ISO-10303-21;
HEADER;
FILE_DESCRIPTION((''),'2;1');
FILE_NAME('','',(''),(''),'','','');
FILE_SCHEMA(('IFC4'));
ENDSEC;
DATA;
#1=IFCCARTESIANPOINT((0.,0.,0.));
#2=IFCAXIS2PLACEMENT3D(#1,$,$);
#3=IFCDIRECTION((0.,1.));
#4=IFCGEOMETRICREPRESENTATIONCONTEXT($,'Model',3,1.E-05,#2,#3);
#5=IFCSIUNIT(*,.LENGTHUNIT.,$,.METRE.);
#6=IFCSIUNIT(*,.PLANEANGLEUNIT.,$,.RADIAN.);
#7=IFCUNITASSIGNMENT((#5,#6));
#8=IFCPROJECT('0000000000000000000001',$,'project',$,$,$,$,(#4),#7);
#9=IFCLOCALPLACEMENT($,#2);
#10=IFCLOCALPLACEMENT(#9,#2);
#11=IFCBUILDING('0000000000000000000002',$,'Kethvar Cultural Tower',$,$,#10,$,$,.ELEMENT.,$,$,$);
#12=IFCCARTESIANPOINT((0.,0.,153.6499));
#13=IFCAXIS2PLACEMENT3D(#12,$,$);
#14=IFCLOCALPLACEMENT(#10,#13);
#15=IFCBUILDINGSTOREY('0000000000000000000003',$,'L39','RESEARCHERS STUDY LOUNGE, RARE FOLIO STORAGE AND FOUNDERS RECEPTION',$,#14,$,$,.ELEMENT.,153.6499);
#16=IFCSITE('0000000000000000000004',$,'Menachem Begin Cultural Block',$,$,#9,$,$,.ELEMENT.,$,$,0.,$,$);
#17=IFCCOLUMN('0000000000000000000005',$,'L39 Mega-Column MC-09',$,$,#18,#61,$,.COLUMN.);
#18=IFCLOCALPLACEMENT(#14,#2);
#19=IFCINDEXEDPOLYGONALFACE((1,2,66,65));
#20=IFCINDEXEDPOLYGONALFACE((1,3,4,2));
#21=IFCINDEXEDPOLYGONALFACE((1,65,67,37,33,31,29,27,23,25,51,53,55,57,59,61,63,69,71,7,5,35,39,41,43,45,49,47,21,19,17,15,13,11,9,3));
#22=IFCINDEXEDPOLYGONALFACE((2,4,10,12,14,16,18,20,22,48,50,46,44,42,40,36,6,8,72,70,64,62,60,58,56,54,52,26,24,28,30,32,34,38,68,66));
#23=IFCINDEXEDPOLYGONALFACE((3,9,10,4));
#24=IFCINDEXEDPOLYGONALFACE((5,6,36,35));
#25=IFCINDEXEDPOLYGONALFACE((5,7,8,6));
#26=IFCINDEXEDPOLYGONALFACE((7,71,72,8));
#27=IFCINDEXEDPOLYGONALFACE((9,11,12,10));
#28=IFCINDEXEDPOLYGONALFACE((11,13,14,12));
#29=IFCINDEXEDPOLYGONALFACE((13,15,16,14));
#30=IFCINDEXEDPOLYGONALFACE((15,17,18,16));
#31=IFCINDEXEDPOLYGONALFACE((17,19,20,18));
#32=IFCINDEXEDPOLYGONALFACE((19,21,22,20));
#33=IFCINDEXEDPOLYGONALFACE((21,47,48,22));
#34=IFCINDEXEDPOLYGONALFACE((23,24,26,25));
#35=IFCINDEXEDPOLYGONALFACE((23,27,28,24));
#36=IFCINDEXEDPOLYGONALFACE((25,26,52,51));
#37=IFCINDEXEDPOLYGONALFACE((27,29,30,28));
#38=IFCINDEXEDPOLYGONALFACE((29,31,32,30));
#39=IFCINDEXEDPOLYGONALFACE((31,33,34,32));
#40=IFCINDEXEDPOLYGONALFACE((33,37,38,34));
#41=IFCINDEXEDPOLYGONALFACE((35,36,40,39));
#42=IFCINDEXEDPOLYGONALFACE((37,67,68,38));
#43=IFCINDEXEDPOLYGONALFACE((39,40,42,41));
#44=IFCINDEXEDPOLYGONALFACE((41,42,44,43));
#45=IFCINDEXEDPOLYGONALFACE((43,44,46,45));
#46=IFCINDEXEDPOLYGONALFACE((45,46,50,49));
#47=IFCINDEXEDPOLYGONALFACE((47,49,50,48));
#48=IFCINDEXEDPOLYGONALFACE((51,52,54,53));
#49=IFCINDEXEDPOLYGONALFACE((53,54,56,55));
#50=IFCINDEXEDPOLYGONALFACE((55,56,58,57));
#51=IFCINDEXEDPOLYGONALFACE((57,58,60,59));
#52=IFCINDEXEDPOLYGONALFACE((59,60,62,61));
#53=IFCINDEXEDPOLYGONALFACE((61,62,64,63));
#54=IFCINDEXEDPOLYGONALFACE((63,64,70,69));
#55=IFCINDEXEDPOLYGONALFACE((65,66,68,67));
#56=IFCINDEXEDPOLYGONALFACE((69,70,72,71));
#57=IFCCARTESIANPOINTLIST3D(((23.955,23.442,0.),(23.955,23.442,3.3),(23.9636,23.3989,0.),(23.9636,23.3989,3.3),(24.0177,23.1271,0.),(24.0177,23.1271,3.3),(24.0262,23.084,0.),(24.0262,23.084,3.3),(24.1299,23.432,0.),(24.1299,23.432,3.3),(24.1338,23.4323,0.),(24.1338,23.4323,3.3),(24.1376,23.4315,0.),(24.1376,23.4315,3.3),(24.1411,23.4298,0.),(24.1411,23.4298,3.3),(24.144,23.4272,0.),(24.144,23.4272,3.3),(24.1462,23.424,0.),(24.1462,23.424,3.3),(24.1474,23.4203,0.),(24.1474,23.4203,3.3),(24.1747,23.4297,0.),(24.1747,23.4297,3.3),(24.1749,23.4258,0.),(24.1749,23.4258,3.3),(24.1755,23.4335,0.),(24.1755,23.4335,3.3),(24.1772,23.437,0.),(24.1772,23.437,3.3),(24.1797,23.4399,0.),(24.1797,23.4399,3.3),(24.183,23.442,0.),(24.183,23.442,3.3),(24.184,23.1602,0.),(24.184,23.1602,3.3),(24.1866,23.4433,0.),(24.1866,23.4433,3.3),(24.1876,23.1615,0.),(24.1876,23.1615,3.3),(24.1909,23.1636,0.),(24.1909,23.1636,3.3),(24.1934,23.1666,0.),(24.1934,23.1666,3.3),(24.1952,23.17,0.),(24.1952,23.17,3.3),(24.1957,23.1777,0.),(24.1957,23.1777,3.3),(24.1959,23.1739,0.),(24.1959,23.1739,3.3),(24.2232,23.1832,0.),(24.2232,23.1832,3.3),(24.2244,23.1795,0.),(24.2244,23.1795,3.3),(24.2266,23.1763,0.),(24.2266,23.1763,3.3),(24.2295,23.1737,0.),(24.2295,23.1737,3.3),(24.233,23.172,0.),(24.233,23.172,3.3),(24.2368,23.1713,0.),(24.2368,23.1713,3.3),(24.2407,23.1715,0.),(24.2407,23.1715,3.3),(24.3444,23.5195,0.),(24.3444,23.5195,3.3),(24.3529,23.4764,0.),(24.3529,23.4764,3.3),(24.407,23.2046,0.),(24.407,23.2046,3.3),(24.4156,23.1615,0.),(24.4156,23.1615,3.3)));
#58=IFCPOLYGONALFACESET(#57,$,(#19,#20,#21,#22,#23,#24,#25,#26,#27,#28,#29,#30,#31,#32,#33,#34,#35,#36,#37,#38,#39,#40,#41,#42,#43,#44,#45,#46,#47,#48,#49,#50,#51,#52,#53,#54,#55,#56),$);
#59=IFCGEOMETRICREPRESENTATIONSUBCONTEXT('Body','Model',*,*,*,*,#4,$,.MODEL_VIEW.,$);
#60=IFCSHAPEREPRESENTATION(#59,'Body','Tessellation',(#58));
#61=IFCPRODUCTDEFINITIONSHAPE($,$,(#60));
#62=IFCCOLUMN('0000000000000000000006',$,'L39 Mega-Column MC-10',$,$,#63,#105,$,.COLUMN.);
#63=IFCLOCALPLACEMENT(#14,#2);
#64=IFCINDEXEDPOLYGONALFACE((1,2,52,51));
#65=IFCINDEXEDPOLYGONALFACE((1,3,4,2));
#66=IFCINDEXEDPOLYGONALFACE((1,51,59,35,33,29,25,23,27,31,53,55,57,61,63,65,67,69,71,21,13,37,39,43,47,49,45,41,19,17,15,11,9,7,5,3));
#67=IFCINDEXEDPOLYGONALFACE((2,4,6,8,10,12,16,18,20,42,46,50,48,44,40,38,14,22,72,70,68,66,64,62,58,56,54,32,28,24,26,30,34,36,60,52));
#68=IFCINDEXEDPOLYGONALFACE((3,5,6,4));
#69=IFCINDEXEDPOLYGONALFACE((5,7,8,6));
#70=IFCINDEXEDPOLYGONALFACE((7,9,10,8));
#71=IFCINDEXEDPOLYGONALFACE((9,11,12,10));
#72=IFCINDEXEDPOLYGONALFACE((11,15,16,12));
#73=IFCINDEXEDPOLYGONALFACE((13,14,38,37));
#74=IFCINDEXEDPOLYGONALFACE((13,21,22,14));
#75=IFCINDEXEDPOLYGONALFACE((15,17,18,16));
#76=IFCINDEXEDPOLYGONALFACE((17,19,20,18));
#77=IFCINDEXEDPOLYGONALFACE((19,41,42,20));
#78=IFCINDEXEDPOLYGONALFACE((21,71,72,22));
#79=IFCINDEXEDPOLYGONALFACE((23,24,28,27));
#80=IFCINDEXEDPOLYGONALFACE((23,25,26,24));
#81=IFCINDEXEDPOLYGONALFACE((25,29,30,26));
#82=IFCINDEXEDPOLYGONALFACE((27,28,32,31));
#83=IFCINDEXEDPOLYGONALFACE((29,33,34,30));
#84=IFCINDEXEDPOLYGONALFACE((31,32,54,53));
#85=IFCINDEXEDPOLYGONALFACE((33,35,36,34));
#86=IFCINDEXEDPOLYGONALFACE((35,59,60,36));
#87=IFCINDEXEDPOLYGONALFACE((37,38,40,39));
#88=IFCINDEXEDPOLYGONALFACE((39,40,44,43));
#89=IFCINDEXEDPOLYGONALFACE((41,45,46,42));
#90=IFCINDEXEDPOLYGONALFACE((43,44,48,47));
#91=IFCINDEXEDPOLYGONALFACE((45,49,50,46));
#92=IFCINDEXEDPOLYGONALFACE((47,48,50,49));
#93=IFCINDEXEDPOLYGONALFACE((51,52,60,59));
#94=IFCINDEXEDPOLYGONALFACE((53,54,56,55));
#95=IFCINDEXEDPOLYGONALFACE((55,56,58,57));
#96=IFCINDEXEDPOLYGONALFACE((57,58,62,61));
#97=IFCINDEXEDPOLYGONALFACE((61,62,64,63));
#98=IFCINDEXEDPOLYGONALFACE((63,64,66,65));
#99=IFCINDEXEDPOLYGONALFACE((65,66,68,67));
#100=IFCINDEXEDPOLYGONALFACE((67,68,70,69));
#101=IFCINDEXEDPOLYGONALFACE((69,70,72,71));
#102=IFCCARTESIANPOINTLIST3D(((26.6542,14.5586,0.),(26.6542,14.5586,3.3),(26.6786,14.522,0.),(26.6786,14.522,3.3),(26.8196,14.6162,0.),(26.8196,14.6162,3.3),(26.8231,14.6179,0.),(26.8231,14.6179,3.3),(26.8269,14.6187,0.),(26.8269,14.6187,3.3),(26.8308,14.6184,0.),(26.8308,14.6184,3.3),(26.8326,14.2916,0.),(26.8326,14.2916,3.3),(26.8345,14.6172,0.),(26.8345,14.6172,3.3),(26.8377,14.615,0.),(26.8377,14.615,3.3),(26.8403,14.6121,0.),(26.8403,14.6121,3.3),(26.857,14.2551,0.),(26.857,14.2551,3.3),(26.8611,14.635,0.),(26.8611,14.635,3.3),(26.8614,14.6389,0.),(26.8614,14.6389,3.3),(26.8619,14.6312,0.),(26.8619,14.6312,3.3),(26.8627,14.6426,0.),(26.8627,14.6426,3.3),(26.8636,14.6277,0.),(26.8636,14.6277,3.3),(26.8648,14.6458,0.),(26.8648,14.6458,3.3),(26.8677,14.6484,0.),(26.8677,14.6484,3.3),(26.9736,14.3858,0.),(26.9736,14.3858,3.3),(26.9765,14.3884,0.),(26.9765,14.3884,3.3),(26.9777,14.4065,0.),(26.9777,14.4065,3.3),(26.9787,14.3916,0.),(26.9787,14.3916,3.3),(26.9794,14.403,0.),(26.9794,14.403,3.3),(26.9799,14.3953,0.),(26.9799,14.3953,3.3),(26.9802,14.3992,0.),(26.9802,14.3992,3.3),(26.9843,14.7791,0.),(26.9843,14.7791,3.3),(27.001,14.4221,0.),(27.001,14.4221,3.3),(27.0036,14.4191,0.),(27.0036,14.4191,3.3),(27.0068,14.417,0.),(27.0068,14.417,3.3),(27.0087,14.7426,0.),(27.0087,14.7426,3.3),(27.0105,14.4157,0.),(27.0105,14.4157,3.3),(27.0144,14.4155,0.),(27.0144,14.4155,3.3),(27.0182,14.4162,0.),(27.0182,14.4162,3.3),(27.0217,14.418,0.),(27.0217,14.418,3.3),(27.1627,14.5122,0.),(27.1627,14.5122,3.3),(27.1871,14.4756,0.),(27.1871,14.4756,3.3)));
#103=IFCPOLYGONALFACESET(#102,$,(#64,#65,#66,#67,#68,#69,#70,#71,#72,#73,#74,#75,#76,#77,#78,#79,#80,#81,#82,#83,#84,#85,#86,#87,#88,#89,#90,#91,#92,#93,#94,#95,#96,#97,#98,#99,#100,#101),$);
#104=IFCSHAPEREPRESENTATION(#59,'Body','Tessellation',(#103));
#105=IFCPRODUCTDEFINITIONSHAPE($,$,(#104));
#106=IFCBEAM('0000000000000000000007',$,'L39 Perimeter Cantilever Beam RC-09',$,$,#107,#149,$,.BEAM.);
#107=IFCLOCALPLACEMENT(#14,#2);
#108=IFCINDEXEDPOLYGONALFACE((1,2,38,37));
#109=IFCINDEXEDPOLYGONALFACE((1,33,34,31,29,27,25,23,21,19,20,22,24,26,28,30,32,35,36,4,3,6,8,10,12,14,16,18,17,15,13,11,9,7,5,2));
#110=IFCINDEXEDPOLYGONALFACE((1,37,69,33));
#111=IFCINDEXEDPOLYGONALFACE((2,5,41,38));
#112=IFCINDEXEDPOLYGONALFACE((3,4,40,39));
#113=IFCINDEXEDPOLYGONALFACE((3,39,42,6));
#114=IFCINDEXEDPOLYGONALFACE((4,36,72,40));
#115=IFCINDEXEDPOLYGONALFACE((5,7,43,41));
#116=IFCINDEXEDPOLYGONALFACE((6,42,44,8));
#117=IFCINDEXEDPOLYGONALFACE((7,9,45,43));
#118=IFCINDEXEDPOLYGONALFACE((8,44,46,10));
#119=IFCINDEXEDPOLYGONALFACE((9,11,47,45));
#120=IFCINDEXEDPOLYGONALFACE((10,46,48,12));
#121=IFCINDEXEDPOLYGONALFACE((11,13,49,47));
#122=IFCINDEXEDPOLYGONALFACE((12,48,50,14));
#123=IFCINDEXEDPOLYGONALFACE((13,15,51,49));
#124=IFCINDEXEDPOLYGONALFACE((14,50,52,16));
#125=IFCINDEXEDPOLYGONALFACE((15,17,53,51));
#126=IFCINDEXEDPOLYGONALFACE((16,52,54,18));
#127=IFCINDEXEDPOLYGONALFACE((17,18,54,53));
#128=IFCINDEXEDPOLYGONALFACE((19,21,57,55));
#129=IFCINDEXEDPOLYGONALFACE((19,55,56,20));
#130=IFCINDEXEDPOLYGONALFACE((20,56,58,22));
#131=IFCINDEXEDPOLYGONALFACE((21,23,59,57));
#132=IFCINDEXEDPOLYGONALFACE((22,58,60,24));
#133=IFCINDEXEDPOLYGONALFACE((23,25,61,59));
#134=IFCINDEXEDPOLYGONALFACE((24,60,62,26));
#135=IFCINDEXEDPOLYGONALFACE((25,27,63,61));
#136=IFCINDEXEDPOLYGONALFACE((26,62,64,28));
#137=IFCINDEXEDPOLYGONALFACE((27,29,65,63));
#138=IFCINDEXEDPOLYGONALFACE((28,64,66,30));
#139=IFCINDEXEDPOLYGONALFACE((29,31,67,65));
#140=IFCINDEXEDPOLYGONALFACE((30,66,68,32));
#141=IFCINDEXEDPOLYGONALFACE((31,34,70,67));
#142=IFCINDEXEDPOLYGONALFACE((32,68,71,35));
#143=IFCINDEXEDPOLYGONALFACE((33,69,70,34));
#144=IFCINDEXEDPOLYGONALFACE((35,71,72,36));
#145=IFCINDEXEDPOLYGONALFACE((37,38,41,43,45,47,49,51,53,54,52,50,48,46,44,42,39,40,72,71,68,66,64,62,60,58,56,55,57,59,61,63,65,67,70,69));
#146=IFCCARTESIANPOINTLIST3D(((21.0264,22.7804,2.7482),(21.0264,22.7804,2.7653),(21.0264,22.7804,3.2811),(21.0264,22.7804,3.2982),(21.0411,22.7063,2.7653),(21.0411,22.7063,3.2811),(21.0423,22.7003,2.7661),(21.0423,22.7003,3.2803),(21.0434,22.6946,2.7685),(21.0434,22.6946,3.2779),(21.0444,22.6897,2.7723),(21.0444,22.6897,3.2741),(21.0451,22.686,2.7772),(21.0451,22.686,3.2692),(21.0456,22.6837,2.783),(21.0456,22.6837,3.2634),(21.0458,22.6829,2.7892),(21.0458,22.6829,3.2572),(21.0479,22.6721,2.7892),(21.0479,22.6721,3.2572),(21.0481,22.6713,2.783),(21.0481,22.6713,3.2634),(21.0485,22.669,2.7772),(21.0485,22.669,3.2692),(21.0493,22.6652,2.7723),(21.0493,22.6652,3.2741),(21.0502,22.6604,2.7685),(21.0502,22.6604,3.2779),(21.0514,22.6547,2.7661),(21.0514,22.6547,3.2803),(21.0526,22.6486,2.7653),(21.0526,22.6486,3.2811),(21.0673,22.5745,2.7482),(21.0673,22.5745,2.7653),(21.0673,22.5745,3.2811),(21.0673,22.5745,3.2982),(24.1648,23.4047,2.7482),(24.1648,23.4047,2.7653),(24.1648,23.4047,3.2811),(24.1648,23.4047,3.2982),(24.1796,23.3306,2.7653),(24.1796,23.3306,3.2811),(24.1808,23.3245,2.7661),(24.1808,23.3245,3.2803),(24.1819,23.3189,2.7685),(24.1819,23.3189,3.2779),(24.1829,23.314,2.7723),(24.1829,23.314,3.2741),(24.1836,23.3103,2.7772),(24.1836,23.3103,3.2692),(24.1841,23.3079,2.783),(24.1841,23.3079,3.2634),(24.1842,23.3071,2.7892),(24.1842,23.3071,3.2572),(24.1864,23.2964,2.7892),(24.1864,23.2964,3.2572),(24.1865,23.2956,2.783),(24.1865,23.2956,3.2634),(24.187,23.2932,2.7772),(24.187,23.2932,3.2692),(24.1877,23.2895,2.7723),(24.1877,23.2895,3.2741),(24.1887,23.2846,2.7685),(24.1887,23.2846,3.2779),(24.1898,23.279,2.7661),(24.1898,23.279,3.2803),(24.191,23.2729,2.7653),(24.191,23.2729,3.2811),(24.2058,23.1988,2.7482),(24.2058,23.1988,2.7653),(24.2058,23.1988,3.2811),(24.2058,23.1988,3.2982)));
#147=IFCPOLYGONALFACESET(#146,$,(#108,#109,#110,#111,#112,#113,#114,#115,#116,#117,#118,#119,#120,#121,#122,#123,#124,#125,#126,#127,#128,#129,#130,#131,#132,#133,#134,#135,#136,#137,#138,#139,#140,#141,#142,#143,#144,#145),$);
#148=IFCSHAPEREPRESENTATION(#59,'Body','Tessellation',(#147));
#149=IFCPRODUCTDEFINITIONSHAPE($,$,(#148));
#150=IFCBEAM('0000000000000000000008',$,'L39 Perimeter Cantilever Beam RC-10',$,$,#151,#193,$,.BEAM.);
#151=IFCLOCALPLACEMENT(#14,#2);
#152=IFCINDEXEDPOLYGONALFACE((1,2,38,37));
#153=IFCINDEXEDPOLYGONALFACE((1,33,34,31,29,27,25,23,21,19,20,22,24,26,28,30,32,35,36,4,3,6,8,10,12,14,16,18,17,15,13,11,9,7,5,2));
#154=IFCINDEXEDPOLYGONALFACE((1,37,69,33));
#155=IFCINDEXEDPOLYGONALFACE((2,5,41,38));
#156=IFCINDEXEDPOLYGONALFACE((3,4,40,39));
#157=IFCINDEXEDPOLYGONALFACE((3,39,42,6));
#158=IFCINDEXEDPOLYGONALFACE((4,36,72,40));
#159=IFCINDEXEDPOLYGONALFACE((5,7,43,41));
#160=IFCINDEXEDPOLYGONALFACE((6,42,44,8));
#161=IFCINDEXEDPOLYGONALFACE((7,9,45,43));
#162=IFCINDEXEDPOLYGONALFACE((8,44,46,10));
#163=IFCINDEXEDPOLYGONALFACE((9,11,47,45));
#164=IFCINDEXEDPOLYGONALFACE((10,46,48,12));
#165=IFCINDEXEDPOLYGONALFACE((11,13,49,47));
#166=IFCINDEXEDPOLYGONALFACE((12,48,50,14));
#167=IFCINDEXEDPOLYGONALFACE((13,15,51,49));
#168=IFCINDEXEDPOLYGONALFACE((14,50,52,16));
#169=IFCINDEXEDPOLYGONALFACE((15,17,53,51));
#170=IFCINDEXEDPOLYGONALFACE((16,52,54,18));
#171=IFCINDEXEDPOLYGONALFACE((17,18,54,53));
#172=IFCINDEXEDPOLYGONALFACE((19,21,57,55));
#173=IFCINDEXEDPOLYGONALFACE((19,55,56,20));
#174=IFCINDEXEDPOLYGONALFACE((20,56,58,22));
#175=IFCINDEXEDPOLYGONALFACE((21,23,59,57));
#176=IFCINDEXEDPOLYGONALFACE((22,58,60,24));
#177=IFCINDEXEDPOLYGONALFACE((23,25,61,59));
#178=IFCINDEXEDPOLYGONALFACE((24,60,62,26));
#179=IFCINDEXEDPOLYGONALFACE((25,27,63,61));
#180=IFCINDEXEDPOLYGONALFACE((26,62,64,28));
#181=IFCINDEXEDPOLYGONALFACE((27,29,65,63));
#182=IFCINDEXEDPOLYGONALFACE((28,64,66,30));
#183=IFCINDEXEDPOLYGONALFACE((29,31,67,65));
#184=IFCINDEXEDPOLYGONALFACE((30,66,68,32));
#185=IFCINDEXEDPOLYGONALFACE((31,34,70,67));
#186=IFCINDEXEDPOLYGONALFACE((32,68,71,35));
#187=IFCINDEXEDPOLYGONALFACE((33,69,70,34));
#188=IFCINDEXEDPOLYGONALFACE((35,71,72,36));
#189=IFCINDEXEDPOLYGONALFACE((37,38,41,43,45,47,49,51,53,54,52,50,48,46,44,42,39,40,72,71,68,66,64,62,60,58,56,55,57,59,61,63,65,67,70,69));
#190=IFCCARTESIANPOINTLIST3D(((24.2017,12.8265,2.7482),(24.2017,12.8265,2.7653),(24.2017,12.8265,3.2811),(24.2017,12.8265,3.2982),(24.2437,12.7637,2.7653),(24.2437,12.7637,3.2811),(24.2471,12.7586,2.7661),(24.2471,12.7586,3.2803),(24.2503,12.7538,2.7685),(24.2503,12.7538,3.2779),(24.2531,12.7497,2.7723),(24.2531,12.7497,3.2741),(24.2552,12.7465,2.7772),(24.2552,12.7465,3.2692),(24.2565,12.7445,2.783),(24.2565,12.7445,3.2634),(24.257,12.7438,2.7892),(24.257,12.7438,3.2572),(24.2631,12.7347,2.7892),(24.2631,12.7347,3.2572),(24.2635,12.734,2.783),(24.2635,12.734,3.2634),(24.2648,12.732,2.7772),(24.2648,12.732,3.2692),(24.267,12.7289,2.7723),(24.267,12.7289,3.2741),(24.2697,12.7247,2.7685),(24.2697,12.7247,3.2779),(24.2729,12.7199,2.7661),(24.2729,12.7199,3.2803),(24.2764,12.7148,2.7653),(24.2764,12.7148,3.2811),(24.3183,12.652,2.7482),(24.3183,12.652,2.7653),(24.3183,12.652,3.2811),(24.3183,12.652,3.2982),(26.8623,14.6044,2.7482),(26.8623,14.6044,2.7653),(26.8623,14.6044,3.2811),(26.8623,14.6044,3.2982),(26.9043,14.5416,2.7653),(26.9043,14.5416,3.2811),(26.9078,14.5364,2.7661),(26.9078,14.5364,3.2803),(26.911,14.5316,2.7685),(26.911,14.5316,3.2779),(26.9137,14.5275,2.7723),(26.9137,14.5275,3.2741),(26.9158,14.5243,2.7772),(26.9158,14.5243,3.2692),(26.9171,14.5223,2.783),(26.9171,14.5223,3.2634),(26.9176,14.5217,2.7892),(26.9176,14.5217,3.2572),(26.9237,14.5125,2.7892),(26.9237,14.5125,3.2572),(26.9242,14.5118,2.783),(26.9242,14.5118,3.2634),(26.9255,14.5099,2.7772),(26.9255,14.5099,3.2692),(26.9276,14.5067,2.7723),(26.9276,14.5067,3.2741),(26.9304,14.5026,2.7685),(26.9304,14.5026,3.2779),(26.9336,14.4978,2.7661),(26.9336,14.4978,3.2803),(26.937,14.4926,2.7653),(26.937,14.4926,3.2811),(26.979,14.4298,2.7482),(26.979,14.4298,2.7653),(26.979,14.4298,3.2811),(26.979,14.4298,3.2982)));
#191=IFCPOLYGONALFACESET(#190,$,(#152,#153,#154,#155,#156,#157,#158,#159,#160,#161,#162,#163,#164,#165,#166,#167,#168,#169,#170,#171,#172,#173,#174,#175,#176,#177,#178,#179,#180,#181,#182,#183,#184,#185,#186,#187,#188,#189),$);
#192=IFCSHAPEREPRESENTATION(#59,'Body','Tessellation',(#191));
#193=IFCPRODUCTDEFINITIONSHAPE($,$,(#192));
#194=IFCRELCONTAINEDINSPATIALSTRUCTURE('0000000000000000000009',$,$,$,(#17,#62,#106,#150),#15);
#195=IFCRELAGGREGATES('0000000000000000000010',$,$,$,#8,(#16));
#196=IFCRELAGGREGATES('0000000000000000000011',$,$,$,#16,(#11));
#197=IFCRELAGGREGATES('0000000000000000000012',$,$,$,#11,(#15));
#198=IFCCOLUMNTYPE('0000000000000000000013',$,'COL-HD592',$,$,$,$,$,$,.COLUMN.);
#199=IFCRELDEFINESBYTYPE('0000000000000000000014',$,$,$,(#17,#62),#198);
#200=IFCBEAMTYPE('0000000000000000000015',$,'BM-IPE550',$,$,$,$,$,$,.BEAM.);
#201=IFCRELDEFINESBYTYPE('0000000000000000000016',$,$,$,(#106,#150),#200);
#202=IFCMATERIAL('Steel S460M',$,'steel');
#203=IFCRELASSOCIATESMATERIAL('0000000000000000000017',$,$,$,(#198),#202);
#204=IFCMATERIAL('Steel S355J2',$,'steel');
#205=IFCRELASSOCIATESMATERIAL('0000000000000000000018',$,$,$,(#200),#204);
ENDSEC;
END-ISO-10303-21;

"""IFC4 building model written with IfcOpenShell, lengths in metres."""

from ifc_helpers import new_model, si_unit, direction, frame, origin, origin_2d, place, context, subcontext, project, spatial, i_section, extrude, source, transform, mapped, material, material_profile, profile_set, type_object, element, save


model = new_model("IFC4")

# Units and contexts
model_context = context("Model", 3, precision=1e-05, world=origin(), true_north=direction((0.0, 1.0)))
body_context = subcontext(model_context, "Body", "Model", "MODEL_VIEW")
ifc_project = project(units=[si_unit("LENGTHUNIT", "METRE"), si_unit("PLANEANGLEUNIT", "RADIAN")], contexts=[model_context])

# Site, building, storey
site_placement = place(None, origin())
site = spatial("IfcSite", under=ifc_project, at=site_placement, Name="Menachem Begin Cultural Block", CompositionType="ELEMENT", RefElevation=0.0)
building_placement = place(site_placement, origin())
building = spatial("IfcBuilding", under=site, at=building_placement, Name="Kethvar Cultural Tower", CompositionType="ELEMENT")
storey_placement = place(building_placement, frame((0.0, 0.0, 153.6499)))
storey = spatial("IfcBuildingStorey", under=building, at=storey_placement, Name="L39", Description="RESEARCHERS STUDY LOUNGE, RARE FOLIO STORAGE AND FOUNDERS RECEPTION", CompositionType="ELEMENT", Elevation=153.6499)

# Columns
ifc_material_1 = material(Name="Steel S460M", Category="steel")
ifc_material_profile_1 = material_profile(ifc_material_1, i_section(OverallWidth=0.397, OverallDepth=0.365, WebThickness=0.0281, FlangeThickness=0.0439, FilletRadius=0.0149, at=origin_2d()), Name="Steel S460M — HD400x592")
ifc_profile_set_1 = profile_set([ifc_material_profile_1], Name="Steel S460M — HD400x592")
column_type = type_object("IfcColumnType", Name="COL-HD592", PredefinedType="COLUMN", material=ifc_profile_set_1)
shared_shape_1 = source(origin(), body_context, "Body", "SweptSolid", [
    extrude(i_section(OverallWidth=0.397, OverallDepth=0.365, WebThickness=0.0281, FlangeThickness=0.0439, FilletRadius=0.0149, at=origin_2d()), origin(), (0.0, 0.0, 1.0), 3.3),
])
for number, where, z_axis, x_axis, name in (
    (1, (24.1853, 23.3018, 0.0), (0.0, 0.0, 1.0), (-0.980785, -0.19509, 0.0), "L39 Mega-Column MC-09"),
    (2, (26.9207, 14.5171, 0.0), (0.0, 0.0, 1.0), (-0.83147, -0.55557, 0.0), "L39 Mega-Column MC-10"),
):
    element("IfcColumn", number, at=place(storey_placement, frame(where, z_axis=z_axis, x_axis=x_axis)), inside=storey, type_object=column_type, Name=name, PredefinedType="COLUMN", context=body_context, shape_type="MappedRepresentation", body=[
        mapped(shared_shape_1, transform((0.0, 0.0, 0.0), scale=1.0)),
    ])

# Beams
ifc_material_2 = material(Name="Steel S355J2", Category="steel")
ifc_material_profile_2 = material_profile(ifc_material_2, i_section(OverallWidth=0.21, OverallDepth=0.55, WebThickness=0.011, FlangeThickness=0.0171, FilletRadius=0.0239, at=origin_2d()), Name="Steel S355J2 — IPE550")
ifc_profile_set_2 = profile_set([ifc_material_profile_2], Name="Steel S355J2 — IPE550")
beam_type_1 = type_object("IfcBeamType", Name="BM-IPE550", PredefinedType="BEAM", material=ifc_profile_set_2)
shared_shape_2 = source(origin(), body_context, "Body", "SweptSolid", [
    extrude(i_section(OverallWidth=0.21, OverallDepth=0.55, WebThickness=0.011, FlangeThickness=0.0171, FilletRadius=0.0239, at=origin_2d()), origin(), (0.0, 0.0, 1.0), 3.2),
])
for number, where, z_axis, x_axis, name in (
    (3, (24.1853, 23.3018, 3.0232), (-0.980786, -0.195089, 0.0), (0.195089, -0.980786, 0.0), "L39 Perimeter Cantilever Beam RC-09"),
    (4, (26.9207, 14.5171, 3.0232), (-0.831463, -0.55558, 0.0), (0.55558, -0.831463, 0.0), "L39 Perimeter Cantilever Beam RC-10"),
):
    element("IfcBeam", number, at=place(storey_placement, frame(where, z_axis=z_axis, x_axis=x_axis)), inside=storey, type_object=beam_type_1, Name=name, PredefinedType="BEAM", context=body_context, shape_type="MappedRepresentation", body=[
        mapped(shared_shape_2, transform((0.0, 0.0, 0.0), scale=1.0)),
    ])

save(model, "model.ifc")
